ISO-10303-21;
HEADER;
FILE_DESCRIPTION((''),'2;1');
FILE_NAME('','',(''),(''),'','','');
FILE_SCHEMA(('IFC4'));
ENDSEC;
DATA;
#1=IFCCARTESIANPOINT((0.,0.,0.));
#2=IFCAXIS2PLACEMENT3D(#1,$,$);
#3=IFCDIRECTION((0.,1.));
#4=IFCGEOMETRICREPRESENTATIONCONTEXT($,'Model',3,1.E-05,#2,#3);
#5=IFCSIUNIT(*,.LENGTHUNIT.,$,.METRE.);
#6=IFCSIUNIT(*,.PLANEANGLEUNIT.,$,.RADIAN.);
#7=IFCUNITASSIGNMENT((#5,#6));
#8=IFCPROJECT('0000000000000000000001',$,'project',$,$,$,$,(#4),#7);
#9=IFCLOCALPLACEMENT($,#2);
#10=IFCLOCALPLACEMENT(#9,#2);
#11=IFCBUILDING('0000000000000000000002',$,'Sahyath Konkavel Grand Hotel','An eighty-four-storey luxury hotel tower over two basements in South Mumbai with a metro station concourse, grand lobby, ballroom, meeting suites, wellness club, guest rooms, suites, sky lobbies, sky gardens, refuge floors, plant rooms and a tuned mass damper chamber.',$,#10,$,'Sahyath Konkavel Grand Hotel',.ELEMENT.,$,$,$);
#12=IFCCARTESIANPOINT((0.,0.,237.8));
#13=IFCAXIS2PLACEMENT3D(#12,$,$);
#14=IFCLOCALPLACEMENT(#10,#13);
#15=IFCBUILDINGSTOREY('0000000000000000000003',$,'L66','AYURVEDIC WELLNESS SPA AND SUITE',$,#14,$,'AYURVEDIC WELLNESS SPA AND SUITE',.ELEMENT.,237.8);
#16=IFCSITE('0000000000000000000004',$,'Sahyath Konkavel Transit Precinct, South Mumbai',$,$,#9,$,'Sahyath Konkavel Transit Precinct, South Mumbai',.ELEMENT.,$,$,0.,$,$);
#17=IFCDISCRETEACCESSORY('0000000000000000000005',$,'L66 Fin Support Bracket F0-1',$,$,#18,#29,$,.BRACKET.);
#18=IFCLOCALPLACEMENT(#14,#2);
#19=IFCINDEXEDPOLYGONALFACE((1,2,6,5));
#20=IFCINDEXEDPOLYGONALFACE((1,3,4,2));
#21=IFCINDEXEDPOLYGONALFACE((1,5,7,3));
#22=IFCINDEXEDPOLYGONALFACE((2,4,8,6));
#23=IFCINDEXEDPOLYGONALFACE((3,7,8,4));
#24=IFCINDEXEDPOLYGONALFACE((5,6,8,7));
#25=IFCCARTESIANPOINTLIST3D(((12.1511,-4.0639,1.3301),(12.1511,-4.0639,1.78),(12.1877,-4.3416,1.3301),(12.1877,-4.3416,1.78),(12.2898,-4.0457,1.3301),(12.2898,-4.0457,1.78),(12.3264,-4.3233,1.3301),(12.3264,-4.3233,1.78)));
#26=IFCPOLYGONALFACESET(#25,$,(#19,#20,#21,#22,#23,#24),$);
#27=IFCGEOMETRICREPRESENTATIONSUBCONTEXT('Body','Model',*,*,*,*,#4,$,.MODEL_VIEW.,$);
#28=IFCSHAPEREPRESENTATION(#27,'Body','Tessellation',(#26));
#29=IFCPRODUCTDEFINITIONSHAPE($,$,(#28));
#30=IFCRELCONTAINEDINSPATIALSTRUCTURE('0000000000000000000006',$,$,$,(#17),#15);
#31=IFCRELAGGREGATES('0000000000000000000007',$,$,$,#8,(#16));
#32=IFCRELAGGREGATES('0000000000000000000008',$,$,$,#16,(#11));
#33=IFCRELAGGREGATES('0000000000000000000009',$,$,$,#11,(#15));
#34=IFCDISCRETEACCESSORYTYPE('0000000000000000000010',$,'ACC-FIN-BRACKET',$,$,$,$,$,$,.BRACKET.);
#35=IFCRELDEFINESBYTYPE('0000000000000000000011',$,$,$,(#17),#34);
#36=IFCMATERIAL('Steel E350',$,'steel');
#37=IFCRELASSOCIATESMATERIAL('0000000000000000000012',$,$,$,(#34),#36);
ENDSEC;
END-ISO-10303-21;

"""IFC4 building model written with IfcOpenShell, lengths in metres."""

from ifc_helpers import new_model, si_unit, direction, frame, origin, origin_2d, place, context, subcontext, project, spatial, rectangle, extrude, source, transform, mapped, material, type_object, element, save


model = new_model("IFC4")

# Units and contexts
model_context = context("Model", 3, precision=1e-05, world=origin(), true_north=direction((0.0, 1.0)))
body_context = subcontext(model_context, "Body", "Model", "MODEL_VIEW")
ifc_project = project(units=[si_unit("LENGTHUNIT", "METRE"), si_unit("PLANEANGLEUNIT", "RADIAN")], contexts=[model_context])

# Site, building, storey
site_placement = place(None, origin())
site = spatial("IfcSite", under=ifc_project, at=site_placement, Name="Sahyath Konkavel Transit Precinct, South Mumbai", LongName="Sahyath Konkavel Transit Precinct, South Mumbai", CompositionType="ELEMENT", RefElevation=0.0)
building_placement = place(site_placement, origin())
building = spatial("IfcBuilding", under=site, at=building_placement, Name="Sahyath Konkavel Grand Hotel", Description="An eighty-four-storey luxury hotel tower over two basements in South Mumbai with a metro station concourse, grand lobby, ballroom, meeting suites, wellness club, guest rooms, suites, sky lobbies, sky gardens, refuge floors, plant rooms and a tuned mass damper chamber.", LongName="Sahyath Konkavel Grand Hotel", CompositionType="ELEMENT")
storey_placement = place(building_placement, frame((0.0, 0.0, 237.8)))
storey = spatial("IfcBuildingStorey", under=building, at=storey_placement, Name="L66", Description="AYURVEDIC WELLNESS SPA AND SUITE", LongName="AYURVEDIC WELLNESS SPA AND SUITE", CompositionType="ELEMENT", Elevation=237.8)

# Shared definitions
ifc_material_1 = material(Name="Steel E350", Category="steel")

# Discrete accessory
discrete_accessory_type = type_object("IfcDiscreteAccessoryType", Name="ACC-FIN-BRACKET", PredefinedType="BRACKET", material=ifc_material_1)
shared_shape_1 = source(origin(), body_context, "Body", "SweptSolid", [
    extrude(rectangle(XDim=0.28, YDim=0.1399, at=origin_2d()), origin(), (0.0, 0.0, 1.0), 0.45),
])
discrete_accessory_placement = place(storey_placement, frame((12.2388, -4.1936, 1.3301), z_axis=(0.0, 0.0, 1.0), x_axis=(0.130526, -0.991445, 0.0)))
element("IfcDiscreteAccessory", 1, at=discrete_accessory_placement, inside=storey, type_object=discrete_accessory_type, Name="L66 Fin Support Bracket F0-1", PredefinedType="BRACKET", context=body_context, shape_type="MappedRepresentation", body=[
    mapped(shared_shape_1, transform((0.0, 0.0, 0.0), scale=1.0)),
])

save(model, "model.ifc")
